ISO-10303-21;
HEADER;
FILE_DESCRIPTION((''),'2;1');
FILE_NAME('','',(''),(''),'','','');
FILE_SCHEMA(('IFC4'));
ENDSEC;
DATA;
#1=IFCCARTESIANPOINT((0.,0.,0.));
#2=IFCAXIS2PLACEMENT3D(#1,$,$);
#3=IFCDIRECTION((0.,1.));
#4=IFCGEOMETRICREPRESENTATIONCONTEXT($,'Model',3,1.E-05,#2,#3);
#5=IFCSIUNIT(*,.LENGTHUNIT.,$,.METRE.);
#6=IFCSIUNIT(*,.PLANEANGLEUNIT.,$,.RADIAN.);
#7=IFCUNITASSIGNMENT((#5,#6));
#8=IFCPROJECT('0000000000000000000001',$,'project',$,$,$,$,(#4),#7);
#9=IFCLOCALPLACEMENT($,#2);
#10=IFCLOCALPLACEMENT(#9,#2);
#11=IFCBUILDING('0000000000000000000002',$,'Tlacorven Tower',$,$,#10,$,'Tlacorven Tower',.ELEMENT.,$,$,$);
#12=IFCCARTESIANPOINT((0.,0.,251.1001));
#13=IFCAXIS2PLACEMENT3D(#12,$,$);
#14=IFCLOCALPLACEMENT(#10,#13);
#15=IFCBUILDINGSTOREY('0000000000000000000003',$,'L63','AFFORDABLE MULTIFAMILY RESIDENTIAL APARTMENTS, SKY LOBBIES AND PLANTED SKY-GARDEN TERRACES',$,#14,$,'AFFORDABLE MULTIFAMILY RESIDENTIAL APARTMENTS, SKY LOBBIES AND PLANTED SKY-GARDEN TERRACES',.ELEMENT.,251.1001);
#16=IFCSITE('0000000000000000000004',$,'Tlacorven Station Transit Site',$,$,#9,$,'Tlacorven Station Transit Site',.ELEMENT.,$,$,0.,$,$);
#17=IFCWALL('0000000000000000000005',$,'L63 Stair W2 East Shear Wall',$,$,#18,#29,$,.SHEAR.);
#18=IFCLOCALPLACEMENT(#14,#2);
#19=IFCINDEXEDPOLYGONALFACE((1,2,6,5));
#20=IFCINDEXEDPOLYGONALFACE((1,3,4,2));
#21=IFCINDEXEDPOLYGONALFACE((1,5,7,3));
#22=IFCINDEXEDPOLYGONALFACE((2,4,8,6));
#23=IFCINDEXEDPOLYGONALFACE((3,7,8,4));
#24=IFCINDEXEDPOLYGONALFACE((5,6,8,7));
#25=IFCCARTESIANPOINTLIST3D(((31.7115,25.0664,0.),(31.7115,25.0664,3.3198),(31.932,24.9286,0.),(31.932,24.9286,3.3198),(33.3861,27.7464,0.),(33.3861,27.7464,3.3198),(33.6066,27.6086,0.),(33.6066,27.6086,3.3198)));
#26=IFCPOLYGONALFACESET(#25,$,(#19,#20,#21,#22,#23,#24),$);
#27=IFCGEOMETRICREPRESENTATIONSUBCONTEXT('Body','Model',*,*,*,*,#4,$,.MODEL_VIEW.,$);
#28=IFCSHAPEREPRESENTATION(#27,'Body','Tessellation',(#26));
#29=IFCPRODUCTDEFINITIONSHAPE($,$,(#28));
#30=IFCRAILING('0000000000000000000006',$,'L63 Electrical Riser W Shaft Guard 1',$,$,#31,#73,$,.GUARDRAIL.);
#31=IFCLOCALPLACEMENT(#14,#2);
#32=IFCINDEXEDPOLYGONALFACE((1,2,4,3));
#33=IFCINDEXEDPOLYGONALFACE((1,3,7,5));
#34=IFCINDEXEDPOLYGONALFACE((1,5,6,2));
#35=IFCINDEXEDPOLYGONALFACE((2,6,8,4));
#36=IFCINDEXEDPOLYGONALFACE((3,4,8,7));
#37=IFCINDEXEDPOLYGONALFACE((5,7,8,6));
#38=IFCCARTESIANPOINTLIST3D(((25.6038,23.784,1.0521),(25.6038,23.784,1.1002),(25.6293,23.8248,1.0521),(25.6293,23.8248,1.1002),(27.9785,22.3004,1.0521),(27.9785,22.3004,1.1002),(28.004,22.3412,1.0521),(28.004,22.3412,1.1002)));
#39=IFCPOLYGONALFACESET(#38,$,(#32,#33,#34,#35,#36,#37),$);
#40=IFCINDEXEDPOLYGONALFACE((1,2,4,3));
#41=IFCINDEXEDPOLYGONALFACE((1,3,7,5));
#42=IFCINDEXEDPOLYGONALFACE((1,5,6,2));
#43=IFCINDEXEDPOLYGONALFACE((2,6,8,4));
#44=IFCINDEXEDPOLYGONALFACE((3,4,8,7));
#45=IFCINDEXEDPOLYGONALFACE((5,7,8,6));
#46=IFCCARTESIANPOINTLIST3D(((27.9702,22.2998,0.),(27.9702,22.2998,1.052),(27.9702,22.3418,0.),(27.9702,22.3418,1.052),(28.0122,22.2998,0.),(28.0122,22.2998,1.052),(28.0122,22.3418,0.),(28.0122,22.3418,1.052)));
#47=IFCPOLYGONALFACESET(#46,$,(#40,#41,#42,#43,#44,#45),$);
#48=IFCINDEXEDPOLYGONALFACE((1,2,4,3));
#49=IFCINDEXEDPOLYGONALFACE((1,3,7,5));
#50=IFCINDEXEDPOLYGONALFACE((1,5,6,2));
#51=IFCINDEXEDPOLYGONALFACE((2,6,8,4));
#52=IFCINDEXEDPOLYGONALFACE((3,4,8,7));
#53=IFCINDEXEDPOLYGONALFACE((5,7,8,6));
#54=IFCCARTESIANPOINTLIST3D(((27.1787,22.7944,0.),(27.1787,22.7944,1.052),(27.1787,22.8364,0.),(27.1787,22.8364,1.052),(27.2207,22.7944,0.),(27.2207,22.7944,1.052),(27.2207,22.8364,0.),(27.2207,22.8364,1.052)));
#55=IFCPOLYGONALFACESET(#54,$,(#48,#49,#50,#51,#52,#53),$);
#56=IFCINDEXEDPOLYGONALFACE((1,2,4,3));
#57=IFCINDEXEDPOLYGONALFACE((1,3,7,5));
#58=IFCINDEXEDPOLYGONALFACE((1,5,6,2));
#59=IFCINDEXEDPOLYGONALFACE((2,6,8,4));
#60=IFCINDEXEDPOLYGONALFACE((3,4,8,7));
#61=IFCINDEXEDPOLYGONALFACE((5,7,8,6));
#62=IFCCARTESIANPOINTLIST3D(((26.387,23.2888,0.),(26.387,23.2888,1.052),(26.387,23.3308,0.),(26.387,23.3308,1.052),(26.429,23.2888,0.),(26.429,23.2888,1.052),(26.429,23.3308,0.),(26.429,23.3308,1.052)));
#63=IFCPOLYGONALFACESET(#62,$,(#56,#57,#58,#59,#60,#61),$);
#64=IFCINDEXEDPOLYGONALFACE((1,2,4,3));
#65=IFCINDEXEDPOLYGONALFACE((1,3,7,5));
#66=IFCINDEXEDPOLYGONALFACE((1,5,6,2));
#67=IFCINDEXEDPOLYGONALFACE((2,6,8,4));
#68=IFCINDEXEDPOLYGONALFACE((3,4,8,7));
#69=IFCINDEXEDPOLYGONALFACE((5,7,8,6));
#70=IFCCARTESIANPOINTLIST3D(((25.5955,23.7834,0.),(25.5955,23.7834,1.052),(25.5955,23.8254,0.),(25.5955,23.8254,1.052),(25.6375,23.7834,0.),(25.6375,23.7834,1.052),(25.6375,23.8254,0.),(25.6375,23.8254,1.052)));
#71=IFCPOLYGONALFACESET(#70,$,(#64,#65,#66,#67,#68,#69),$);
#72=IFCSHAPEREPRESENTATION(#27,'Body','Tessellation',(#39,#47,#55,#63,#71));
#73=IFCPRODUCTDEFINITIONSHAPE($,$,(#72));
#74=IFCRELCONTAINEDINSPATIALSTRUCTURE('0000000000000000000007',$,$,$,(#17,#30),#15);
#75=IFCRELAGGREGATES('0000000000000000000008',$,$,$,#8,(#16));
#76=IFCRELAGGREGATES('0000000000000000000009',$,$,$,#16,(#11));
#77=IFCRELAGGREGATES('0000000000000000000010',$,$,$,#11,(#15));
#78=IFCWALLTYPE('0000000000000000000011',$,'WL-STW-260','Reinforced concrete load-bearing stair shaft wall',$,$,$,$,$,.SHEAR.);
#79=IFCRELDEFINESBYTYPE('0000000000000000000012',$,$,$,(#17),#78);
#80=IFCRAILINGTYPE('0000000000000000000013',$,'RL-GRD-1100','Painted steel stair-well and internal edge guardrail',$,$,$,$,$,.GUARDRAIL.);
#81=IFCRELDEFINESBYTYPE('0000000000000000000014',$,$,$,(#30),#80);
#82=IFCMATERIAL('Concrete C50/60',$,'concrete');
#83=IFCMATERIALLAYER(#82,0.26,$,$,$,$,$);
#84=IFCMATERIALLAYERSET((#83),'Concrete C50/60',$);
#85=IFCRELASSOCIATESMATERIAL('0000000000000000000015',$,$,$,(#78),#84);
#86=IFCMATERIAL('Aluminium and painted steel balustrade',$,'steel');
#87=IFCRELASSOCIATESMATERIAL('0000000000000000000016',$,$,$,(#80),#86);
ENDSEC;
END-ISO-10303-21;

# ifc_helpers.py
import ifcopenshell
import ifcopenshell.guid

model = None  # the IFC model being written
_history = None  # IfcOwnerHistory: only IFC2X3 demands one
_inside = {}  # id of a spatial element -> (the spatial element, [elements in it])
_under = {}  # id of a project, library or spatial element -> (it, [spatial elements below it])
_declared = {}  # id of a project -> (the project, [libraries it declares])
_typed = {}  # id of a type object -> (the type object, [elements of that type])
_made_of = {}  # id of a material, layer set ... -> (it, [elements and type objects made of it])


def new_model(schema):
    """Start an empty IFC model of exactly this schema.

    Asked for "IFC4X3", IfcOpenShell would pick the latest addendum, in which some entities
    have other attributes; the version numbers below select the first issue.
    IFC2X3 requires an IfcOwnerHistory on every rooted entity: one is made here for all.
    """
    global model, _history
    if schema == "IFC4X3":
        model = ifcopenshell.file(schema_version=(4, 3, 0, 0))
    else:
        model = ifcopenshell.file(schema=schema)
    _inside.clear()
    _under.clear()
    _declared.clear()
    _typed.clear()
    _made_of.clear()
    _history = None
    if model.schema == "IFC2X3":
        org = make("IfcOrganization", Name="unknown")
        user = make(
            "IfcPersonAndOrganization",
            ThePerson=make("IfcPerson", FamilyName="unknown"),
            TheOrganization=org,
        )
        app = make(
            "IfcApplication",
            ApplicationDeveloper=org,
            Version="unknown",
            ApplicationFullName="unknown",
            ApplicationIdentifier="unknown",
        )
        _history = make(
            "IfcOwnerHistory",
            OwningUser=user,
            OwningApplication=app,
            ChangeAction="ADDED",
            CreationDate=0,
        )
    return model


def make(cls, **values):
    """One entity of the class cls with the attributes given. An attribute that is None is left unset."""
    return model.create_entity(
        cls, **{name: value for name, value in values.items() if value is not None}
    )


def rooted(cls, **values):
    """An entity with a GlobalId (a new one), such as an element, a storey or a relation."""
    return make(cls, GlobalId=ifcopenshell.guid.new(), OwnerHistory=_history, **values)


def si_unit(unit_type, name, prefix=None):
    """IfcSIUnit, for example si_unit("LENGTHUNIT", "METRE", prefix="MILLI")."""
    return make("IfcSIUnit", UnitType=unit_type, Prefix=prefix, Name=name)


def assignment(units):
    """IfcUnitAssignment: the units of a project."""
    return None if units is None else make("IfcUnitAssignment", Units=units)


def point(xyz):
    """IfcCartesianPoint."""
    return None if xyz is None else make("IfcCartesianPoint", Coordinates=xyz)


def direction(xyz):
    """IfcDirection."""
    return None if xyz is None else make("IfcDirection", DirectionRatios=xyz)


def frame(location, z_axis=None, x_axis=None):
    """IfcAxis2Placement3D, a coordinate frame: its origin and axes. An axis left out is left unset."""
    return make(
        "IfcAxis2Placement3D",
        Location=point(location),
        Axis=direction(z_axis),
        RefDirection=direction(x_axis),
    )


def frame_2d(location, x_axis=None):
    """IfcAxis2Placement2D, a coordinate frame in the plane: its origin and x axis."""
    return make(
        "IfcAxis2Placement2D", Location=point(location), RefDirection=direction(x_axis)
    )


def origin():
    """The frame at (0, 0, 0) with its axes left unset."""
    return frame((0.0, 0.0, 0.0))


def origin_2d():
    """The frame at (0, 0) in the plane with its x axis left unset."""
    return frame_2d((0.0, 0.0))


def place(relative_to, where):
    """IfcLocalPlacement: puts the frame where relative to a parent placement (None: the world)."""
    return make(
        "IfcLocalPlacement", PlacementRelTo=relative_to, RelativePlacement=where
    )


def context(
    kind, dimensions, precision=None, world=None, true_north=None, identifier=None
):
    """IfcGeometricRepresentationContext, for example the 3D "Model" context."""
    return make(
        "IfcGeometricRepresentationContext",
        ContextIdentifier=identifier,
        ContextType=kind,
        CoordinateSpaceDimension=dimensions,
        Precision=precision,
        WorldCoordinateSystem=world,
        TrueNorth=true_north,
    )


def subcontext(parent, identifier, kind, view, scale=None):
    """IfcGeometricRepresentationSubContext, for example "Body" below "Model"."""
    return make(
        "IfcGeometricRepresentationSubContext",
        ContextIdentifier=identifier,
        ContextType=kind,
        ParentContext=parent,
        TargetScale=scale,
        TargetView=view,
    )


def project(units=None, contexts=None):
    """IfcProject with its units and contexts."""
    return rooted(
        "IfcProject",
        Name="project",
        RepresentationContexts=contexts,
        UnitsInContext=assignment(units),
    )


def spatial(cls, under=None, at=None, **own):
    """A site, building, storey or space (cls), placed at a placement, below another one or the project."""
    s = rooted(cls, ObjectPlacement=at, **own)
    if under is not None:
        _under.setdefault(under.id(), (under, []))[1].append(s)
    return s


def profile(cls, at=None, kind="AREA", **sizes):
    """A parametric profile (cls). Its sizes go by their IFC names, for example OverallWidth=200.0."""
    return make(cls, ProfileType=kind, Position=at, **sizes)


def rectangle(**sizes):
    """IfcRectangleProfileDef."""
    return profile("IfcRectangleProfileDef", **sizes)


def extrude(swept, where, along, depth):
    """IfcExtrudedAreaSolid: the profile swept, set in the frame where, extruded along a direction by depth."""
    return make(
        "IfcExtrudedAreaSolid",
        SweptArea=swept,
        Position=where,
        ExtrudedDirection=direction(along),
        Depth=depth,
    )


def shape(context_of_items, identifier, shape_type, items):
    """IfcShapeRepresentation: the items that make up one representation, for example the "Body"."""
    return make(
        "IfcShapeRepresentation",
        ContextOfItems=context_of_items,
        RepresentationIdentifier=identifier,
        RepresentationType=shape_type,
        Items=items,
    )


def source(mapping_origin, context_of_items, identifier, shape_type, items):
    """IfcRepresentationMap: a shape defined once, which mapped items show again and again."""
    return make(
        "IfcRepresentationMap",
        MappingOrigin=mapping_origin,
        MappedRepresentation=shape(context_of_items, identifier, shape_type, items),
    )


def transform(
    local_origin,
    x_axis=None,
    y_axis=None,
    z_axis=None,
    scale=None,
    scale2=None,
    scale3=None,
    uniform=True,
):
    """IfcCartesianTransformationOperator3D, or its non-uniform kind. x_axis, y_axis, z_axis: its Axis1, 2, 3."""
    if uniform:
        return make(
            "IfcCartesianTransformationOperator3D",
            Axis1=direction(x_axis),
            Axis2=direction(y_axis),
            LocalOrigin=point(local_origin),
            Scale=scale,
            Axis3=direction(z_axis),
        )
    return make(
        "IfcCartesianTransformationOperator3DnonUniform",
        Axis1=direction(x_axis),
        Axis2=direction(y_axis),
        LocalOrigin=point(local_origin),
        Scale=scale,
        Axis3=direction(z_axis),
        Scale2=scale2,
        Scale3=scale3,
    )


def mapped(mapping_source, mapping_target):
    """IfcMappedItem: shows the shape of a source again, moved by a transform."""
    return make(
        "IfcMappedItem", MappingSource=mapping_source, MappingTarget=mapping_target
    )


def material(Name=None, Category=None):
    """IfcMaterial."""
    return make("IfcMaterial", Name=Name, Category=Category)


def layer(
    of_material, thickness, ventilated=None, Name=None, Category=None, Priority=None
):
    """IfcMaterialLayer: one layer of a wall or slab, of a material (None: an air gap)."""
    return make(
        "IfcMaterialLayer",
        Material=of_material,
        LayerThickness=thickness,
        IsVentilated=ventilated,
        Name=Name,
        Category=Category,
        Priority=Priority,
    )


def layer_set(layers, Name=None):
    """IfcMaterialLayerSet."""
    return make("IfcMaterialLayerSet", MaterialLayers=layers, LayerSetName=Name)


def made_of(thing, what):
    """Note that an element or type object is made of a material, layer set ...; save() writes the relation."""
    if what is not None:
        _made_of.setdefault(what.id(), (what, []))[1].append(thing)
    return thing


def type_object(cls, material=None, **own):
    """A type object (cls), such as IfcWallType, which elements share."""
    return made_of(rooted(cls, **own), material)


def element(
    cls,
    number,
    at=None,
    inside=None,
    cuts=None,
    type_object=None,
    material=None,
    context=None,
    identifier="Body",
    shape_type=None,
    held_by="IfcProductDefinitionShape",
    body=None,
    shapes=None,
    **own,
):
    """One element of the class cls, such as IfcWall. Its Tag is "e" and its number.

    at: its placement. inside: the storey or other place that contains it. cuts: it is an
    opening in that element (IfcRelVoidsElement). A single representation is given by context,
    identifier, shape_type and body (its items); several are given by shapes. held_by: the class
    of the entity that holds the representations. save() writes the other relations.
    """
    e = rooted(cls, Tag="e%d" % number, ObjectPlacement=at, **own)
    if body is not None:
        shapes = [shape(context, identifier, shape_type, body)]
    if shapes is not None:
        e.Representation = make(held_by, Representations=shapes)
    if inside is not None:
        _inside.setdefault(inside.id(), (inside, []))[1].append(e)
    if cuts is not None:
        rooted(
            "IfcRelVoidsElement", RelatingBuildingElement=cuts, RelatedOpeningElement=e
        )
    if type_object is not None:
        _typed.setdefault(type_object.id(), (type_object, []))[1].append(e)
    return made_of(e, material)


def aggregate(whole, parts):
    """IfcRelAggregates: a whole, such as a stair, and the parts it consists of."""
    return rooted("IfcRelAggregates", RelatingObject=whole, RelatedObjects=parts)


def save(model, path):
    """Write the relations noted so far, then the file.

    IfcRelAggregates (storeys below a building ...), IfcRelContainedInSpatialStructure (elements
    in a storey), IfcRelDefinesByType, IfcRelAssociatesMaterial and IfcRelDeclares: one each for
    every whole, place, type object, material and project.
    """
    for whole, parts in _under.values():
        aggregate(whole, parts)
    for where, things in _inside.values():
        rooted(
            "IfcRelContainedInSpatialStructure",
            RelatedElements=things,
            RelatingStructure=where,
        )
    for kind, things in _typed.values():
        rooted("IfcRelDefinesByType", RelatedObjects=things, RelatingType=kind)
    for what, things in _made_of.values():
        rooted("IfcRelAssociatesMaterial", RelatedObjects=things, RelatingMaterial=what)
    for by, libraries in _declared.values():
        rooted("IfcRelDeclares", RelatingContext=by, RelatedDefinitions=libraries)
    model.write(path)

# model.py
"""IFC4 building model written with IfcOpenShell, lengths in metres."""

from ifc_helpers import new_model, si_unit, direction, frame, frame_2d, origin, origin_2d, place, context, subcontext, project, spatial, rectangle, extrude, source, transform, mapped, material, layer, layer_set, type_object, element, save


model = new_model("IFC4")

# Units and contexts
model_context = context("Model", 3, precision=1e-05, world=origin(), true_north=direction((0.0, 1.0)))
body_context = subcontext(model_context, "Body", "Model", "MODEL_VIEW")
ifc_project = project(units=[si_unit("LENGTHUNIT", "METRE"), si_unit("PLANEANGLEUNIT", "RADIAN")], contexts=[model_context])

# Site, building, storey
site_placement = place(None, origin())
site = spatial("IfcSite", under=ifc_project, at=site_placement, Name="Tlacorven Station Transit Site", LongName="Tlacorven Station Transit Site", CompositionType="ELEMENT", RefElevation=0.0)
building_placement = place(site_placement, origin())
building = spatial("IfcBuilding", under=site, at=building_placement, Name="Tlacorven Tower", LongName="Tlacorven Tower", CompositionType="ELEMENT")
storey_placement = place(building_placement, frame((0.0, 0.0, 251.1001)))
storey = spatial("IfcBuildingStorey", under=building, at=storey_placement, Name="L63", Description="AFFORDABLE MULTIFAMILY RESIDENTIAL APARTMENTS, SKY LOBBIES AND PLANTED SKY-GARDEN TERRACES", LongName="AFFORDABLE MULTIFAMILY RESIDENTIAL APARTMENTS, SKY LOBBIES AND PLANTED SKY-GARDEN TERRACES", CompositionType="ELEMENT", Elevation=251.1001)

# Shared definitions
ifc_material_1 = material(Name="Concrete C50/60", Category="concrete")

# Wall
ifc_layer_1 = layer(ifc_material_1, 0.26)
ifc_layer_set_1 = layer_set([ifc_layer_1], Name="Concrete C50/60")
wall_type_1 = type_object("IfcWallType", Name="WL-STW-260", Description="Reinforced concrete load-bearing stair shaft wall", PredefinedType="SHEAR", material=ifc_layer_set_1)
wall_1_placement = place(storey_placement, frame((33.4963, 27.6775, 0.0), z_axis=(0.0, 0.0, 1.0), x_axis=(-0.529909, -0.848055, 0.0)))
element("IfcWall", 1, at=wall_1_placement, inside=storey, type_object=wall_type_1, Name="L63 Stair W2 East Shear Wall", PredefinedType="SHEAR", context=body_context, shape_type="SweptSolid", body=[
    extrude(rectangle(XDim=3.1602, YDim=0.26, at=frame_2d((1.5801, 0.0))), origin(), (0.0, 0.0, 1.0), 3.3198),
])

# Railing
ifc_material_2 = material(Name="Aluminium and painted steel balustrade", Category="steel")
railing_type = type_object("IfcRailingType", Name="RL-GRD-1100", Description="Painted steel stair-well and internal edge guardrail", PredefinedType="GUARDRAIL", material=ifc_material_2)
shared_shape_1 = source(origin(), body_context, "Body", "SweptSolid", [
    extrude(rectangle(XDim=0.0481, YDim=0.0481, at=origin_2d()), frame((0.0, 0.0, 1.0762), z_axis=(-0.848091, 0.52985, 0.0), x_axis=(-0.52985, -0.848091, 0.0)), (0.0, 0.0, 1.0), 2.8),
    extrude(rectangle(XDim=0.042, YDim=0.042, at=origin_2d()), origin(), (0.0, 0.0, 1.0), 1.052),
    extrude(rectangle(XDim=0.042, YDim=0.042, at=origin_2d()), frame((-0.7915, 0.4946, 0.0)), (0.0, 0.0, 1.0), 1.052),
    extrude(rectangle(XDim=0.042, YDim=0.042, at=origin_2d()), frame((-1.5833, 0.989, 0.0)), (0.0, 0.0, 1.0), 1.052),
    extrude(rectangle(XDim=0.042, YDim=0.042, at=origin_2d()), frame((-2.3748, 1.4836, 0.0)), (0.0, 0.0, 1.0), 1.052),
])
railing_placement = place(storey_placement, frame((27.9912, 22.3208, 0.0)))
element("IfcRailing", 2, at=railing_placement, inside=storey, type_object=railing_type, Name="L63 Electrical Riser W Shaft Guard 1", PredefinedType="GUARDRAIL", context=body_context, shape_type="MappedRepresentation", body=[
    mapped(shared_shape_1, transform((0.0, 0.0, 0.0), scale=1.0)),
])

save(model, "model.ifc")
